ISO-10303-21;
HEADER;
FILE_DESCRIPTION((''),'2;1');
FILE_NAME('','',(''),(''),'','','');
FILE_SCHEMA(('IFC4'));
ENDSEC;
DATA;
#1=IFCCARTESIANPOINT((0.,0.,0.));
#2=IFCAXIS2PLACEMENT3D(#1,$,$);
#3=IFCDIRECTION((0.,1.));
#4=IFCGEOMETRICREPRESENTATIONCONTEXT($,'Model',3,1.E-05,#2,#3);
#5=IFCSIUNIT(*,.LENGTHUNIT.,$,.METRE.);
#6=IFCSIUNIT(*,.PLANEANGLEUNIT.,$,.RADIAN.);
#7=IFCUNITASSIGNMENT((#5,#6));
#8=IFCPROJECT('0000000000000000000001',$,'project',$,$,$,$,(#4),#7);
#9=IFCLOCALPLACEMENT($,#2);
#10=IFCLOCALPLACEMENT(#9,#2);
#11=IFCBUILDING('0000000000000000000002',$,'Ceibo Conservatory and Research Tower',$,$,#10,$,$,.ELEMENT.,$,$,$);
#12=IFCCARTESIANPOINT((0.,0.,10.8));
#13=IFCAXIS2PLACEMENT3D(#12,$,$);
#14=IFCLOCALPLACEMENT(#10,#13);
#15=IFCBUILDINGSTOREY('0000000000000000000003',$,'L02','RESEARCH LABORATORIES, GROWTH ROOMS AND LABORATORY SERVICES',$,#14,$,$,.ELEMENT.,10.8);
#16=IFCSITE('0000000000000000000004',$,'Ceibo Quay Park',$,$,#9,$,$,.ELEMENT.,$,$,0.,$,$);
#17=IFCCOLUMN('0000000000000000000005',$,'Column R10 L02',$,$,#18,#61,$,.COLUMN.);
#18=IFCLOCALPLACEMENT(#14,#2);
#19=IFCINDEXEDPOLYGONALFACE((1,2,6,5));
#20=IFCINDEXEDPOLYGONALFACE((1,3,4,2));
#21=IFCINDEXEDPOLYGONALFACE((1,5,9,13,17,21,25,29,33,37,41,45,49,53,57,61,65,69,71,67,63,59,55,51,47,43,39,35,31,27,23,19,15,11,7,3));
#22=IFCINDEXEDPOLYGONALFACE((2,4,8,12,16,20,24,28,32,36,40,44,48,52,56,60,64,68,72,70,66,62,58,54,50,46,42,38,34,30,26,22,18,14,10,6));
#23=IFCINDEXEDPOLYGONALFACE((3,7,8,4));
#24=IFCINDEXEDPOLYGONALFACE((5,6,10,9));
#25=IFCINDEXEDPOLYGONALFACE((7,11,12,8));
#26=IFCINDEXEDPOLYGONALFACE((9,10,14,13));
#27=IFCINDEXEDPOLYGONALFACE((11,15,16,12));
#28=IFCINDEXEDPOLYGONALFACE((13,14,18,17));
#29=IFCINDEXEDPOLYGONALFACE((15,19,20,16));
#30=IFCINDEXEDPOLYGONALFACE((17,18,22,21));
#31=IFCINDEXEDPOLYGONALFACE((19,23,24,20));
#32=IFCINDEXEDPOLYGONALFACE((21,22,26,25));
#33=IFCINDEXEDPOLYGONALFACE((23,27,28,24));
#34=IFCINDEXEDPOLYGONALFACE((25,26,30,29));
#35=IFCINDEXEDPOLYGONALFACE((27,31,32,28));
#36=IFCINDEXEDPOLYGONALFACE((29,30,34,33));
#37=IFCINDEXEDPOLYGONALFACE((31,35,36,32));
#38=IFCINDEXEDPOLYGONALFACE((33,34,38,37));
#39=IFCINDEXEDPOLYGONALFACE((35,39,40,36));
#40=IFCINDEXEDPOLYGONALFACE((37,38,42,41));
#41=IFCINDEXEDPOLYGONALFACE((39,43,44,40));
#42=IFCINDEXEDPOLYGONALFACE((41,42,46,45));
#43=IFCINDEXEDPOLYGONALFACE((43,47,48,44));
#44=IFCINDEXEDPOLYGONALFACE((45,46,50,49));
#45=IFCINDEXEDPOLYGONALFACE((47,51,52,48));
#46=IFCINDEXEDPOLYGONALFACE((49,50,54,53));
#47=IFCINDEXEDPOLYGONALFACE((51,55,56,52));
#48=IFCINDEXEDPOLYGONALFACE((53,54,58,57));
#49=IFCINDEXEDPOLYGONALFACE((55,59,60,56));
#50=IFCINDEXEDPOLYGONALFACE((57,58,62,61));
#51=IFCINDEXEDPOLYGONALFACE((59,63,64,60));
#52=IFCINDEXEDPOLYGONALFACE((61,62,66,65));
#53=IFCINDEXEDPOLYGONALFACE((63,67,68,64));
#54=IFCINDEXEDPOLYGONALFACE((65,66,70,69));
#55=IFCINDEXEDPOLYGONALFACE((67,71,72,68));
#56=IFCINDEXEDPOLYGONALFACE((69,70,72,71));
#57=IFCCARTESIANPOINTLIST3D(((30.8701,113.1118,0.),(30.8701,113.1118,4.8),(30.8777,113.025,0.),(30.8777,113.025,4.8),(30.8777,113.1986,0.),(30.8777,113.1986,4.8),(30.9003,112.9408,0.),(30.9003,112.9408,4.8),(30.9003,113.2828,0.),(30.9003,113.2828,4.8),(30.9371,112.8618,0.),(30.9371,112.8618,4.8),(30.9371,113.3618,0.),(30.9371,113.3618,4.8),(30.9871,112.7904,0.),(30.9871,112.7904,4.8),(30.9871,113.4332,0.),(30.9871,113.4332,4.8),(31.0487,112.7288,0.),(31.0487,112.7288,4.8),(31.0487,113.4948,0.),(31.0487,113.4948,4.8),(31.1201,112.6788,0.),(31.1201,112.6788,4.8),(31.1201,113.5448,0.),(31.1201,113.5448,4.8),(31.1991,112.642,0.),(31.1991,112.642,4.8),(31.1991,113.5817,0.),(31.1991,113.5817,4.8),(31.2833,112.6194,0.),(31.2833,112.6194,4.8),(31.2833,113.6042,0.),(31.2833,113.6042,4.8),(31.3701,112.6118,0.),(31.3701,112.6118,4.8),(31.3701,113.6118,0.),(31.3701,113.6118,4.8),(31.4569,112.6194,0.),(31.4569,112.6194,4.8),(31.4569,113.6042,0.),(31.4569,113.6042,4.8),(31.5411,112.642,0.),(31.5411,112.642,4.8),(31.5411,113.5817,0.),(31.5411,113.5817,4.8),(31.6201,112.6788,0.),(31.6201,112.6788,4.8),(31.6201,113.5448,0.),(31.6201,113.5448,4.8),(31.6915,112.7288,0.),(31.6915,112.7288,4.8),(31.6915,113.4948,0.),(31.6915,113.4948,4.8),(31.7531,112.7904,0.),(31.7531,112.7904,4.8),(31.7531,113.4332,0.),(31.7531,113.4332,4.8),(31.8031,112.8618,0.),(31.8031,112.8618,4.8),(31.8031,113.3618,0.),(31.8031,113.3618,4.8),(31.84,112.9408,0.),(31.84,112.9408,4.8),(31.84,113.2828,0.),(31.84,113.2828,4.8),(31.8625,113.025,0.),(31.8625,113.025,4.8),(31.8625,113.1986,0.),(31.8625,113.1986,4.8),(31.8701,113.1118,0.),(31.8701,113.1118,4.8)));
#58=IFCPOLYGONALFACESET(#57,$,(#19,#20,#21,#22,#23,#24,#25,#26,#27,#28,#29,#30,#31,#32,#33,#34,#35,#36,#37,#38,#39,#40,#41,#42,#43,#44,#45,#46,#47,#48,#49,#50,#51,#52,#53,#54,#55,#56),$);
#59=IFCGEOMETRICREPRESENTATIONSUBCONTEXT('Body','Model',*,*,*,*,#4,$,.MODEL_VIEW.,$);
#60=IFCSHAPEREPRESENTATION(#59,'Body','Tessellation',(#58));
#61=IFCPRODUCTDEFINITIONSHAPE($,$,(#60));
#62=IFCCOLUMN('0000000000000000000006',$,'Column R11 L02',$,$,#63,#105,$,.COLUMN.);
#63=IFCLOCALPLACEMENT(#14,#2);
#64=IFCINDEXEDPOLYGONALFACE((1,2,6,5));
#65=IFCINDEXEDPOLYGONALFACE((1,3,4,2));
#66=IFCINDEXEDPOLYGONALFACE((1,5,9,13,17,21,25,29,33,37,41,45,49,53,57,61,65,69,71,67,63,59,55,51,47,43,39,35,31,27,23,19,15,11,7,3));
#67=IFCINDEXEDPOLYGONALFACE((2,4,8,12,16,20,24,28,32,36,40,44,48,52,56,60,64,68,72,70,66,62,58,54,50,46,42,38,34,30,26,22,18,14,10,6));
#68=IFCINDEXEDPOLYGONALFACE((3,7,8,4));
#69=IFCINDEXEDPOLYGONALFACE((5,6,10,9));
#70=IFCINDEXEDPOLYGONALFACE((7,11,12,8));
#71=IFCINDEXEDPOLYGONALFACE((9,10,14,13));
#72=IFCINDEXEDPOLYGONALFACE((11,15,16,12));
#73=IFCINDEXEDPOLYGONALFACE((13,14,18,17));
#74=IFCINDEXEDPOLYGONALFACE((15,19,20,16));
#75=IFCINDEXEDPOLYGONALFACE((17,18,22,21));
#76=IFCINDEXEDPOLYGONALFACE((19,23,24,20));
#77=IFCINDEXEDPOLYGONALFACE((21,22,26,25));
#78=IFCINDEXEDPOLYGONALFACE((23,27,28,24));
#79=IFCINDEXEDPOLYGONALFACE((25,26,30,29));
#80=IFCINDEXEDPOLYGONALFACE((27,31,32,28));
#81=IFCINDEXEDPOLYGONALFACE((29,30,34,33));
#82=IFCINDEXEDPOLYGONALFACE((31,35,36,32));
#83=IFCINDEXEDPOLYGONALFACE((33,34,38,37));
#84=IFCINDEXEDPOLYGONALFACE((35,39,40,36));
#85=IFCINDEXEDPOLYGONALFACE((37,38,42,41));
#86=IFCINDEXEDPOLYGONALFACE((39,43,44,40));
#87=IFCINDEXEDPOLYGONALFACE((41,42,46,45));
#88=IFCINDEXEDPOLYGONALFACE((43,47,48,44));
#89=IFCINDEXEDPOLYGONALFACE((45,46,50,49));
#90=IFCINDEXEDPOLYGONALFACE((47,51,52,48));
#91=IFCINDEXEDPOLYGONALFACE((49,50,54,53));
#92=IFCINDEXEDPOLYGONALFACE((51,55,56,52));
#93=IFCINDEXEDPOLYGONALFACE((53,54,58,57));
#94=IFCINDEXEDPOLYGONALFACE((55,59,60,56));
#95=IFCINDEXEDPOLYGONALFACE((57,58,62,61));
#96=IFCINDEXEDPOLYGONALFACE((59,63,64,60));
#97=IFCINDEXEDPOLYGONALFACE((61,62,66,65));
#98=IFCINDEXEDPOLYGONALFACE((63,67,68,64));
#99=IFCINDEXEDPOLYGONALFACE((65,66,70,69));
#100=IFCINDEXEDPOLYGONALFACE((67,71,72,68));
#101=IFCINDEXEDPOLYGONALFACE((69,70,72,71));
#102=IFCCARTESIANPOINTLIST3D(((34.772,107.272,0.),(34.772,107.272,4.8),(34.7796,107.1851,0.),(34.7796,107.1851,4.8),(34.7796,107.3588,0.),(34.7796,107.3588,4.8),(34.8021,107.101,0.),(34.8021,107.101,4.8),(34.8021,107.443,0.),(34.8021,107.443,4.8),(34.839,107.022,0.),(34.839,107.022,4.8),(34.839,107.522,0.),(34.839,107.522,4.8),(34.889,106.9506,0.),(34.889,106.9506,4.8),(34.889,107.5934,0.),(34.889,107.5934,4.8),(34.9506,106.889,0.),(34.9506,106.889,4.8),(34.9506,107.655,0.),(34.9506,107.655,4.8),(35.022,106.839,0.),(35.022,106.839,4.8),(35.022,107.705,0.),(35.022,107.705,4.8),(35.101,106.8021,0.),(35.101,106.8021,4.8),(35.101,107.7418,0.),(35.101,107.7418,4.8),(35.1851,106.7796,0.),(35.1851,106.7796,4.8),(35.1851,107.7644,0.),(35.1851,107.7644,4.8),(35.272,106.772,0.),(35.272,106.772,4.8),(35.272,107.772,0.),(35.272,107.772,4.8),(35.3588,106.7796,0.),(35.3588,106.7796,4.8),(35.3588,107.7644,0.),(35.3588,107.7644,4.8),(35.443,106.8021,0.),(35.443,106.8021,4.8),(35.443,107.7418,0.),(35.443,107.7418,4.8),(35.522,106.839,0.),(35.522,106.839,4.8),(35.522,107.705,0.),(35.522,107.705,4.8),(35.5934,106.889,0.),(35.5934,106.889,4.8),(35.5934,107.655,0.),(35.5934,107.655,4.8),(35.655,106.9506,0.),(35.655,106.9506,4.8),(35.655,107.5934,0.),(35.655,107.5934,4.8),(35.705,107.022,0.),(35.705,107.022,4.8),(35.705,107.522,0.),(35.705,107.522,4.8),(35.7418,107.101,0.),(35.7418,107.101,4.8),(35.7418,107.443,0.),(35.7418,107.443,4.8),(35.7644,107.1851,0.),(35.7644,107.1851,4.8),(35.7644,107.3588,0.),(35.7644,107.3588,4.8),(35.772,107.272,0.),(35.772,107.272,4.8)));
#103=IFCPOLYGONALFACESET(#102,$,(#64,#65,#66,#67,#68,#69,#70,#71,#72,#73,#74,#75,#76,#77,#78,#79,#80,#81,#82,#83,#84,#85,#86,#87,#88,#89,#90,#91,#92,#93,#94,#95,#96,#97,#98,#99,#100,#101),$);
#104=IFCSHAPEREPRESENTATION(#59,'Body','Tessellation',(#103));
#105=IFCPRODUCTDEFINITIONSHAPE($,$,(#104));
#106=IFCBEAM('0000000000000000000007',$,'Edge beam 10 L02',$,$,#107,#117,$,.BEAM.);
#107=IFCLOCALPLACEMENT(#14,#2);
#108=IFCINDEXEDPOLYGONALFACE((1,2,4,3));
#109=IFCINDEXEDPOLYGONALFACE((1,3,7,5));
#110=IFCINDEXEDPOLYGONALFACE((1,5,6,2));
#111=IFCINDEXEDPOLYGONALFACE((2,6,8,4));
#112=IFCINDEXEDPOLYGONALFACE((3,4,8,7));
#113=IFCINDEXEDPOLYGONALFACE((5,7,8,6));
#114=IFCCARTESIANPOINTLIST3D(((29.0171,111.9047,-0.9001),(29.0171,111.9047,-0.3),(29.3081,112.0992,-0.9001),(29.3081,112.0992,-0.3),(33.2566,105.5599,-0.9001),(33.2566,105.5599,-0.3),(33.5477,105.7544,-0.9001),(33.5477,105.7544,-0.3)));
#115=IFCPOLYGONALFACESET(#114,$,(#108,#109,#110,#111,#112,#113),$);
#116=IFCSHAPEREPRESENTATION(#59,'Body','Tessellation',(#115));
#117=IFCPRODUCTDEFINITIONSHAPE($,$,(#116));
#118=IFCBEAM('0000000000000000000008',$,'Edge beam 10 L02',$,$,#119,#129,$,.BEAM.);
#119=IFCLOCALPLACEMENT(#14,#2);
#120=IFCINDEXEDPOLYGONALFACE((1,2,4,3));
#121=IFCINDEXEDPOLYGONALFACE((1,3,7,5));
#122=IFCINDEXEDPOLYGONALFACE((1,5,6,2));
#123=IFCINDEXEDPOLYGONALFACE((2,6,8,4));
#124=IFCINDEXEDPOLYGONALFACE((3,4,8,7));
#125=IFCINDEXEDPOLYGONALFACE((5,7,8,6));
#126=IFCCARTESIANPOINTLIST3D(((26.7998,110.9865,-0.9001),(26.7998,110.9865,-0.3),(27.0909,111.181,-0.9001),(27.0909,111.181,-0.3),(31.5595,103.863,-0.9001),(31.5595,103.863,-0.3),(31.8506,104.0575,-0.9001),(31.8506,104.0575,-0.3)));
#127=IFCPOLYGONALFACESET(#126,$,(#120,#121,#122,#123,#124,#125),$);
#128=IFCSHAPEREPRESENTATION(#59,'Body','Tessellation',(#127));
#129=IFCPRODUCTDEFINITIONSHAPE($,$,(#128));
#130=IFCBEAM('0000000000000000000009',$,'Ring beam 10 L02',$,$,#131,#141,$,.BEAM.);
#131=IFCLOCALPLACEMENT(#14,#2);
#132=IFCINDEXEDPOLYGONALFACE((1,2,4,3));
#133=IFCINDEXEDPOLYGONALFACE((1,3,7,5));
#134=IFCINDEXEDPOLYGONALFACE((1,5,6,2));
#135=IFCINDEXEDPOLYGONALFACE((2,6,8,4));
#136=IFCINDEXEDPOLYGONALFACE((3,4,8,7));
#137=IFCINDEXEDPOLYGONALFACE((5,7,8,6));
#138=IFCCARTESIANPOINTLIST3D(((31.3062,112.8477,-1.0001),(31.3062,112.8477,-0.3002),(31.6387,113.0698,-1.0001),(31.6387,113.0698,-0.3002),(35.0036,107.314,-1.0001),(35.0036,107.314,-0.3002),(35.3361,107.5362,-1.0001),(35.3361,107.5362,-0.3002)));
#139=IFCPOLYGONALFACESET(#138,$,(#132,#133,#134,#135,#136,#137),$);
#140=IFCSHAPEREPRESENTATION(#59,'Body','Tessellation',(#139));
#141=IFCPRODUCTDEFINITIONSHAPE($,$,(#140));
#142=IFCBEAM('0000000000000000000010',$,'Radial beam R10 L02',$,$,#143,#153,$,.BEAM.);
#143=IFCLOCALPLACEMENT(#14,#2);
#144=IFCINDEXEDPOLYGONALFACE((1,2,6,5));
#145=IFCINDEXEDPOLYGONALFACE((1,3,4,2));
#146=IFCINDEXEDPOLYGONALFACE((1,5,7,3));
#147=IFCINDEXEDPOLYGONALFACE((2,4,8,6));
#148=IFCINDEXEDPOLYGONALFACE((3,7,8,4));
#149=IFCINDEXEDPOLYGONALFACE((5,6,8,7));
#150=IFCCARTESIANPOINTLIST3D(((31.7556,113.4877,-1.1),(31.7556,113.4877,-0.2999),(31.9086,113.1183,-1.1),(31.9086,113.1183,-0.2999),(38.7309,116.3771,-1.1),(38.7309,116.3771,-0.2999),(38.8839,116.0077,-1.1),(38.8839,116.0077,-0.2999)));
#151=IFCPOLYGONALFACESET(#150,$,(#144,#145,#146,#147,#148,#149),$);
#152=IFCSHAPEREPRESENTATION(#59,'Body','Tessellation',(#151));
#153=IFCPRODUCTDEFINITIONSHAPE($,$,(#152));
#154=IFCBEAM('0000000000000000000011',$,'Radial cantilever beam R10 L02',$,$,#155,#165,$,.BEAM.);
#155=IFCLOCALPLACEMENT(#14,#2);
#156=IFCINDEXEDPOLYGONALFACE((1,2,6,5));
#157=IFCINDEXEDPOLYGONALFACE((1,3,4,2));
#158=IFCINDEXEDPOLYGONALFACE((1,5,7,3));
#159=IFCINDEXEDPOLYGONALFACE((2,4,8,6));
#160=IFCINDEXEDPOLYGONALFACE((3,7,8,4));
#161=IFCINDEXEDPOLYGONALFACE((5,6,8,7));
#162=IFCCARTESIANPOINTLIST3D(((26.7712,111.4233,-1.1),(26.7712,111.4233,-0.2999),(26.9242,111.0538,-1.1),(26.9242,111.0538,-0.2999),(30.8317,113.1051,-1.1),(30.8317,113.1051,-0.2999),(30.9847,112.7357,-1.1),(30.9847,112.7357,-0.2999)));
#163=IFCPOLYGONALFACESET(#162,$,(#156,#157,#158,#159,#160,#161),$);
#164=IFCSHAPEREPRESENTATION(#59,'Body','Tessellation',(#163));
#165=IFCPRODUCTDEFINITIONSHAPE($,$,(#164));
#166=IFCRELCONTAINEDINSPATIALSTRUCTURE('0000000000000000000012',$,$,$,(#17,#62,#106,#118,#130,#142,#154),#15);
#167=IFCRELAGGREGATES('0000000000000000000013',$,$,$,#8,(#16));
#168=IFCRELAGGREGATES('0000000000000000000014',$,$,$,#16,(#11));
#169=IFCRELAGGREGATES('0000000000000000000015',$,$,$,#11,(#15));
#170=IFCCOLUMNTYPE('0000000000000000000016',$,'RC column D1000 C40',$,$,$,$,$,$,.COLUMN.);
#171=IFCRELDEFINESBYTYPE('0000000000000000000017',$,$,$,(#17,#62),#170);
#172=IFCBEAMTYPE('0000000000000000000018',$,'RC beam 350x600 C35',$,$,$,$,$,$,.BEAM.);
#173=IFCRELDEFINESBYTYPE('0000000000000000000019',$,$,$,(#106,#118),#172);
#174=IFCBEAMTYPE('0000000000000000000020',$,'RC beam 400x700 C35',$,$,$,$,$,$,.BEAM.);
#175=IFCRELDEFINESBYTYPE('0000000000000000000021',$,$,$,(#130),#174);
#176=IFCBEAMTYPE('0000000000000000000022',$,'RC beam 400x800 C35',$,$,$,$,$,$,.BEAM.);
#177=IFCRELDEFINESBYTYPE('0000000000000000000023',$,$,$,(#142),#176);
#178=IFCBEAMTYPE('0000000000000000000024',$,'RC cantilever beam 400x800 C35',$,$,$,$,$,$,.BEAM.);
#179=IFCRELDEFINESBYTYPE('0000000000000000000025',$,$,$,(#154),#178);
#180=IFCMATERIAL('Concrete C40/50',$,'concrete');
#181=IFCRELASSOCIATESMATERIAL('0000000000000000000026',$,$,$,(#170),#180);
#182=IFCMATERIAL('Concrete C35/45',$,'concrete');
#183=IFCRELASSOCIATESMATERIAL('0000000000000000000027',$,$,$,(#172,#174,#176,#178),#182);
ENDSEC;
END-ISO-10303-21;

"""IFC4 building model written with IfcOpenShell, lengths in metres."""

from ifc_helpers import new_model, si_unit, direction, frame, origin, origin_2d, place, context, subcontext, project, spatial, rectangle, circle, extrude, material, material_profile, profile_set, type_object, element, save


model = new_model("IFC4")

# Units and contexts
model_context = context("Model", 3, precision=1e-05, world=origin(), true_north=direction((0.0, 1.0)))
body_context = subcontext(model_context, "Body", "Model", "MODEL_VIEW")
ifc_project = project(units=[si_unit("LENGTHUNIT", "METRE"), si_unit("PLANEANGLEUNIT", "RADIAN")], contexts=[model_context])

# Site, building, storey
site_placement = place(None, origin())
site = spatial("IfcSite", under=ifc_project, at=site_placement, Name="Ceibo Quay Park", CompositionType="ELEMENT", RefElevation=0.0)
building_placement = place(site_placement, origin())
building = spatial("IfcBuilding", under=site, at=building_placement, Name="Ceibo Conservatory and Research Tower", CompositionType="ELEMENT")
storey_placement = place(building_placement, frame((0.0, 0.0, 10.8)))
storey = spatial("IfcBuildingStorey", under=building, at=storey_placement, Name="L02", Description="RESEARCH LABORATORIES, GROWTH ROOMS AND LABORATORY SERVICES", CompositionType="ELEMENT", Elevation=10.8)

# Columns
ifc_material_1 = material(Name="Concrete C40/50", Category="concrete")
ifc_material_profile_1 = material_profile(ifc_material_1, circle(Radius=0.5, at=origin_2d()), Name="RC D1000")
ifc_profile_set_1 = profile_set([ifc_material_profile_1], Name="Concrete C40/50")
column_type = type_object("IfcColumnType", Name="RC column D1000 C40", PredefinedType="COLUMN", material=ifc_profile_set_1)
for number, where, z_axis, x_axis, name in (
    (1, (31.3701, 113.1118, 0.0), (0.0, 0.0, 1.0), (1.0, 0.0, 0.0), "Column R10 L02"),
    (2, (35.272, 107.272, 0.0), (0.0, 0.0, 1.0), (1.0, 0.0, 0.0), "Column R11 L02"),
):
    element("IfcColumn", number, at=place(storey_placement, frame(where, z_axis=z_axis, x_axis=x_axis)), inside=storey, type_object=column_type, Name=name, PredefinedType="COLUMN", context=body_context, shape_type="SweptSolid", body=[
        extrude(circle(Radius=0.5, at=origin_2d()), origin(), (0.0, 0.0, 1.0), 4.8),
    ])

# Beams
ifc_material_2 = material(Name="Concrete C35/45", Category="concrete")
ifc_material_profile_2 = material_profile(ifc_material_2, rectangle(XDim=0.3501, YDim=0.6001, at=origin_2d()), Name="RC 350x600")
ifc_profile_set_2 = profile_set([ifc_material_profile_2], Name="Concrete C35/45")
beam_type_1 = type_object("IfcBeamType", Name="RC beam 350x600 C35", PredefinedType="BEAM", material=ifc_profile_set_2)
beam_1_placement = place(storey_placement, frame((29.1626, 112.002, -0.6001), z_axis=(0.555578, -0.831464, 0.0), x_axis=(0.831464, 0.555578, 0.0)))
element("IfcBeam", 3, at=beam_1_placement, inside=storey, type_object=beam_type_1, Name="Edge beam 10 L02", PredefinedType="BEAM", context=body_context, shape_type="SweptSolid", body=[
    extrude(rectangle(XDim=0.3501, YDim=0.6001, at=origin_2d()), origin(), (0.0, 0.0, 1.0), 7.6309),
])
beam_2_placement = place(storey_placement, frame((26.9453, 111.0837, -0.6001), z_axis=(0.555568, -0.831471, 0.0), x_axis=(0.831471, 0.555568, 0.0)))
element("IfcBeam", 4, at=beam_2_placement, inside=storey, type_object=beam_type_1, Name="Edge beam 10 L02", PredefinedType="BEAM", context=body_context, shape_type="SweptSolid", body=[
    extrude(rectangle(XDim=0.3501, YDim=0.6001, at=origin_2d()), origin(), (0.0, 0.0, 1.0), 8.5674),
])
ifc_material_profile_3 = material_profile(ifc_material_2, rectangle(XDim=0.3999, YDim=0.7, at=origin_2d()), Name="RC 400x700")
ifc_profile_set_3 = profile_set([ifc_material_profile_3], Name="Concrete C35/45")
beam_type_2 = type_object("IfcBeamType", Name="RC beam 400x700 C35", PredefinedType="BEAM", material=ifc_profile_set_3)
beam_3_placement = place(storey_placement, frame((31.4724, 112.9587, -0.6501), z_axis=(0.555572, -0.831469, 0.0), x_axis=(0.831469, 0.555572, 0.0)))
element("IfcBeam", 5, at=beam_3_placement, inside=storey, type_object=beam_type_2, Name="Ring beam 10 L02", PredefinedType="BEAM", context=body_context, shape_type="SweptSolid", body=[
    extrude(rectangle(XDim=0.3999, YDim=0.7, at=origin_2d()), origin(), (0.0, 0.0, 1.0), 6.6553),
])
ifc_material_profile_4 = material_profile(ifc_material_2, rectangle(XDim=0.3999, YDim=0.8, at=origin_2d()), Name="RC 400x800")
ifc_profile_set_4 = profile_set([ifc_material_profile_4], Name="Concrete C35/45")
beam_type_3 = type_object("IfcBeamType", Name="RC beam 400x800 C35", PredefinedType="BEAM", material=ifc_profile_set_4)
beam_4_placement = place(storey_placement, frame((38.8074, 116.1924, -0.7), z_axis=(-0.923874, -0.382697, 0.0), x_axis=(0.382697, -0.923874, 0.0)))
element("IfcBeam", 6, at=beam_4_placement, inside=storey, type_object=beam_type_3, Name="Radial beam R10 L02", PredefinedType="BEAM", context=body_context, shape_type="SweptSolid", body=[
    extrude(rectangle(XDim=0.3999, YDim=0.8, at=origin_2d()), origin(), (0.0, 0.0, 1.0), 7.55),
])
ifc_material_profile_5 = material_profile(ifc_material_2, rectangle(XDim=0.3999, YDim=0.8, at=origin_2d()), Name="RC 400x800")
ifc_profile_set_5 = profile_set([ifc_material_profile_5], Name="Concrete C35/45")
beam_type_4 = type_object("IfcBeamType", Name="RC cantilever beam 400x800 C35", PredefinedType="BEAM", material=ifc_profile_set_5)
beam_5_placement = place(storey_placement, frame((30.9082, 112.9204, -0.7), z_axis=(-0.923883, -0.382674, 0.0), x_axis=(0.382674, -0.923883, 0.0)))
element("IfcBeam", 7, at=beam_5_placement, inside=storey, type_object=beam_type_4, Name="Radial cantilever beam R10 L02", PredefinedType="BEAM", context=body_context, shape_type="SweptSolid", body=[
    extrude(rectangle(XDim=0.3999, YDim=0.8, at=origin_2d()), origin(), (0.0, 0.0, 1.0), 4.395),
])

save(model, "model.ifc")
